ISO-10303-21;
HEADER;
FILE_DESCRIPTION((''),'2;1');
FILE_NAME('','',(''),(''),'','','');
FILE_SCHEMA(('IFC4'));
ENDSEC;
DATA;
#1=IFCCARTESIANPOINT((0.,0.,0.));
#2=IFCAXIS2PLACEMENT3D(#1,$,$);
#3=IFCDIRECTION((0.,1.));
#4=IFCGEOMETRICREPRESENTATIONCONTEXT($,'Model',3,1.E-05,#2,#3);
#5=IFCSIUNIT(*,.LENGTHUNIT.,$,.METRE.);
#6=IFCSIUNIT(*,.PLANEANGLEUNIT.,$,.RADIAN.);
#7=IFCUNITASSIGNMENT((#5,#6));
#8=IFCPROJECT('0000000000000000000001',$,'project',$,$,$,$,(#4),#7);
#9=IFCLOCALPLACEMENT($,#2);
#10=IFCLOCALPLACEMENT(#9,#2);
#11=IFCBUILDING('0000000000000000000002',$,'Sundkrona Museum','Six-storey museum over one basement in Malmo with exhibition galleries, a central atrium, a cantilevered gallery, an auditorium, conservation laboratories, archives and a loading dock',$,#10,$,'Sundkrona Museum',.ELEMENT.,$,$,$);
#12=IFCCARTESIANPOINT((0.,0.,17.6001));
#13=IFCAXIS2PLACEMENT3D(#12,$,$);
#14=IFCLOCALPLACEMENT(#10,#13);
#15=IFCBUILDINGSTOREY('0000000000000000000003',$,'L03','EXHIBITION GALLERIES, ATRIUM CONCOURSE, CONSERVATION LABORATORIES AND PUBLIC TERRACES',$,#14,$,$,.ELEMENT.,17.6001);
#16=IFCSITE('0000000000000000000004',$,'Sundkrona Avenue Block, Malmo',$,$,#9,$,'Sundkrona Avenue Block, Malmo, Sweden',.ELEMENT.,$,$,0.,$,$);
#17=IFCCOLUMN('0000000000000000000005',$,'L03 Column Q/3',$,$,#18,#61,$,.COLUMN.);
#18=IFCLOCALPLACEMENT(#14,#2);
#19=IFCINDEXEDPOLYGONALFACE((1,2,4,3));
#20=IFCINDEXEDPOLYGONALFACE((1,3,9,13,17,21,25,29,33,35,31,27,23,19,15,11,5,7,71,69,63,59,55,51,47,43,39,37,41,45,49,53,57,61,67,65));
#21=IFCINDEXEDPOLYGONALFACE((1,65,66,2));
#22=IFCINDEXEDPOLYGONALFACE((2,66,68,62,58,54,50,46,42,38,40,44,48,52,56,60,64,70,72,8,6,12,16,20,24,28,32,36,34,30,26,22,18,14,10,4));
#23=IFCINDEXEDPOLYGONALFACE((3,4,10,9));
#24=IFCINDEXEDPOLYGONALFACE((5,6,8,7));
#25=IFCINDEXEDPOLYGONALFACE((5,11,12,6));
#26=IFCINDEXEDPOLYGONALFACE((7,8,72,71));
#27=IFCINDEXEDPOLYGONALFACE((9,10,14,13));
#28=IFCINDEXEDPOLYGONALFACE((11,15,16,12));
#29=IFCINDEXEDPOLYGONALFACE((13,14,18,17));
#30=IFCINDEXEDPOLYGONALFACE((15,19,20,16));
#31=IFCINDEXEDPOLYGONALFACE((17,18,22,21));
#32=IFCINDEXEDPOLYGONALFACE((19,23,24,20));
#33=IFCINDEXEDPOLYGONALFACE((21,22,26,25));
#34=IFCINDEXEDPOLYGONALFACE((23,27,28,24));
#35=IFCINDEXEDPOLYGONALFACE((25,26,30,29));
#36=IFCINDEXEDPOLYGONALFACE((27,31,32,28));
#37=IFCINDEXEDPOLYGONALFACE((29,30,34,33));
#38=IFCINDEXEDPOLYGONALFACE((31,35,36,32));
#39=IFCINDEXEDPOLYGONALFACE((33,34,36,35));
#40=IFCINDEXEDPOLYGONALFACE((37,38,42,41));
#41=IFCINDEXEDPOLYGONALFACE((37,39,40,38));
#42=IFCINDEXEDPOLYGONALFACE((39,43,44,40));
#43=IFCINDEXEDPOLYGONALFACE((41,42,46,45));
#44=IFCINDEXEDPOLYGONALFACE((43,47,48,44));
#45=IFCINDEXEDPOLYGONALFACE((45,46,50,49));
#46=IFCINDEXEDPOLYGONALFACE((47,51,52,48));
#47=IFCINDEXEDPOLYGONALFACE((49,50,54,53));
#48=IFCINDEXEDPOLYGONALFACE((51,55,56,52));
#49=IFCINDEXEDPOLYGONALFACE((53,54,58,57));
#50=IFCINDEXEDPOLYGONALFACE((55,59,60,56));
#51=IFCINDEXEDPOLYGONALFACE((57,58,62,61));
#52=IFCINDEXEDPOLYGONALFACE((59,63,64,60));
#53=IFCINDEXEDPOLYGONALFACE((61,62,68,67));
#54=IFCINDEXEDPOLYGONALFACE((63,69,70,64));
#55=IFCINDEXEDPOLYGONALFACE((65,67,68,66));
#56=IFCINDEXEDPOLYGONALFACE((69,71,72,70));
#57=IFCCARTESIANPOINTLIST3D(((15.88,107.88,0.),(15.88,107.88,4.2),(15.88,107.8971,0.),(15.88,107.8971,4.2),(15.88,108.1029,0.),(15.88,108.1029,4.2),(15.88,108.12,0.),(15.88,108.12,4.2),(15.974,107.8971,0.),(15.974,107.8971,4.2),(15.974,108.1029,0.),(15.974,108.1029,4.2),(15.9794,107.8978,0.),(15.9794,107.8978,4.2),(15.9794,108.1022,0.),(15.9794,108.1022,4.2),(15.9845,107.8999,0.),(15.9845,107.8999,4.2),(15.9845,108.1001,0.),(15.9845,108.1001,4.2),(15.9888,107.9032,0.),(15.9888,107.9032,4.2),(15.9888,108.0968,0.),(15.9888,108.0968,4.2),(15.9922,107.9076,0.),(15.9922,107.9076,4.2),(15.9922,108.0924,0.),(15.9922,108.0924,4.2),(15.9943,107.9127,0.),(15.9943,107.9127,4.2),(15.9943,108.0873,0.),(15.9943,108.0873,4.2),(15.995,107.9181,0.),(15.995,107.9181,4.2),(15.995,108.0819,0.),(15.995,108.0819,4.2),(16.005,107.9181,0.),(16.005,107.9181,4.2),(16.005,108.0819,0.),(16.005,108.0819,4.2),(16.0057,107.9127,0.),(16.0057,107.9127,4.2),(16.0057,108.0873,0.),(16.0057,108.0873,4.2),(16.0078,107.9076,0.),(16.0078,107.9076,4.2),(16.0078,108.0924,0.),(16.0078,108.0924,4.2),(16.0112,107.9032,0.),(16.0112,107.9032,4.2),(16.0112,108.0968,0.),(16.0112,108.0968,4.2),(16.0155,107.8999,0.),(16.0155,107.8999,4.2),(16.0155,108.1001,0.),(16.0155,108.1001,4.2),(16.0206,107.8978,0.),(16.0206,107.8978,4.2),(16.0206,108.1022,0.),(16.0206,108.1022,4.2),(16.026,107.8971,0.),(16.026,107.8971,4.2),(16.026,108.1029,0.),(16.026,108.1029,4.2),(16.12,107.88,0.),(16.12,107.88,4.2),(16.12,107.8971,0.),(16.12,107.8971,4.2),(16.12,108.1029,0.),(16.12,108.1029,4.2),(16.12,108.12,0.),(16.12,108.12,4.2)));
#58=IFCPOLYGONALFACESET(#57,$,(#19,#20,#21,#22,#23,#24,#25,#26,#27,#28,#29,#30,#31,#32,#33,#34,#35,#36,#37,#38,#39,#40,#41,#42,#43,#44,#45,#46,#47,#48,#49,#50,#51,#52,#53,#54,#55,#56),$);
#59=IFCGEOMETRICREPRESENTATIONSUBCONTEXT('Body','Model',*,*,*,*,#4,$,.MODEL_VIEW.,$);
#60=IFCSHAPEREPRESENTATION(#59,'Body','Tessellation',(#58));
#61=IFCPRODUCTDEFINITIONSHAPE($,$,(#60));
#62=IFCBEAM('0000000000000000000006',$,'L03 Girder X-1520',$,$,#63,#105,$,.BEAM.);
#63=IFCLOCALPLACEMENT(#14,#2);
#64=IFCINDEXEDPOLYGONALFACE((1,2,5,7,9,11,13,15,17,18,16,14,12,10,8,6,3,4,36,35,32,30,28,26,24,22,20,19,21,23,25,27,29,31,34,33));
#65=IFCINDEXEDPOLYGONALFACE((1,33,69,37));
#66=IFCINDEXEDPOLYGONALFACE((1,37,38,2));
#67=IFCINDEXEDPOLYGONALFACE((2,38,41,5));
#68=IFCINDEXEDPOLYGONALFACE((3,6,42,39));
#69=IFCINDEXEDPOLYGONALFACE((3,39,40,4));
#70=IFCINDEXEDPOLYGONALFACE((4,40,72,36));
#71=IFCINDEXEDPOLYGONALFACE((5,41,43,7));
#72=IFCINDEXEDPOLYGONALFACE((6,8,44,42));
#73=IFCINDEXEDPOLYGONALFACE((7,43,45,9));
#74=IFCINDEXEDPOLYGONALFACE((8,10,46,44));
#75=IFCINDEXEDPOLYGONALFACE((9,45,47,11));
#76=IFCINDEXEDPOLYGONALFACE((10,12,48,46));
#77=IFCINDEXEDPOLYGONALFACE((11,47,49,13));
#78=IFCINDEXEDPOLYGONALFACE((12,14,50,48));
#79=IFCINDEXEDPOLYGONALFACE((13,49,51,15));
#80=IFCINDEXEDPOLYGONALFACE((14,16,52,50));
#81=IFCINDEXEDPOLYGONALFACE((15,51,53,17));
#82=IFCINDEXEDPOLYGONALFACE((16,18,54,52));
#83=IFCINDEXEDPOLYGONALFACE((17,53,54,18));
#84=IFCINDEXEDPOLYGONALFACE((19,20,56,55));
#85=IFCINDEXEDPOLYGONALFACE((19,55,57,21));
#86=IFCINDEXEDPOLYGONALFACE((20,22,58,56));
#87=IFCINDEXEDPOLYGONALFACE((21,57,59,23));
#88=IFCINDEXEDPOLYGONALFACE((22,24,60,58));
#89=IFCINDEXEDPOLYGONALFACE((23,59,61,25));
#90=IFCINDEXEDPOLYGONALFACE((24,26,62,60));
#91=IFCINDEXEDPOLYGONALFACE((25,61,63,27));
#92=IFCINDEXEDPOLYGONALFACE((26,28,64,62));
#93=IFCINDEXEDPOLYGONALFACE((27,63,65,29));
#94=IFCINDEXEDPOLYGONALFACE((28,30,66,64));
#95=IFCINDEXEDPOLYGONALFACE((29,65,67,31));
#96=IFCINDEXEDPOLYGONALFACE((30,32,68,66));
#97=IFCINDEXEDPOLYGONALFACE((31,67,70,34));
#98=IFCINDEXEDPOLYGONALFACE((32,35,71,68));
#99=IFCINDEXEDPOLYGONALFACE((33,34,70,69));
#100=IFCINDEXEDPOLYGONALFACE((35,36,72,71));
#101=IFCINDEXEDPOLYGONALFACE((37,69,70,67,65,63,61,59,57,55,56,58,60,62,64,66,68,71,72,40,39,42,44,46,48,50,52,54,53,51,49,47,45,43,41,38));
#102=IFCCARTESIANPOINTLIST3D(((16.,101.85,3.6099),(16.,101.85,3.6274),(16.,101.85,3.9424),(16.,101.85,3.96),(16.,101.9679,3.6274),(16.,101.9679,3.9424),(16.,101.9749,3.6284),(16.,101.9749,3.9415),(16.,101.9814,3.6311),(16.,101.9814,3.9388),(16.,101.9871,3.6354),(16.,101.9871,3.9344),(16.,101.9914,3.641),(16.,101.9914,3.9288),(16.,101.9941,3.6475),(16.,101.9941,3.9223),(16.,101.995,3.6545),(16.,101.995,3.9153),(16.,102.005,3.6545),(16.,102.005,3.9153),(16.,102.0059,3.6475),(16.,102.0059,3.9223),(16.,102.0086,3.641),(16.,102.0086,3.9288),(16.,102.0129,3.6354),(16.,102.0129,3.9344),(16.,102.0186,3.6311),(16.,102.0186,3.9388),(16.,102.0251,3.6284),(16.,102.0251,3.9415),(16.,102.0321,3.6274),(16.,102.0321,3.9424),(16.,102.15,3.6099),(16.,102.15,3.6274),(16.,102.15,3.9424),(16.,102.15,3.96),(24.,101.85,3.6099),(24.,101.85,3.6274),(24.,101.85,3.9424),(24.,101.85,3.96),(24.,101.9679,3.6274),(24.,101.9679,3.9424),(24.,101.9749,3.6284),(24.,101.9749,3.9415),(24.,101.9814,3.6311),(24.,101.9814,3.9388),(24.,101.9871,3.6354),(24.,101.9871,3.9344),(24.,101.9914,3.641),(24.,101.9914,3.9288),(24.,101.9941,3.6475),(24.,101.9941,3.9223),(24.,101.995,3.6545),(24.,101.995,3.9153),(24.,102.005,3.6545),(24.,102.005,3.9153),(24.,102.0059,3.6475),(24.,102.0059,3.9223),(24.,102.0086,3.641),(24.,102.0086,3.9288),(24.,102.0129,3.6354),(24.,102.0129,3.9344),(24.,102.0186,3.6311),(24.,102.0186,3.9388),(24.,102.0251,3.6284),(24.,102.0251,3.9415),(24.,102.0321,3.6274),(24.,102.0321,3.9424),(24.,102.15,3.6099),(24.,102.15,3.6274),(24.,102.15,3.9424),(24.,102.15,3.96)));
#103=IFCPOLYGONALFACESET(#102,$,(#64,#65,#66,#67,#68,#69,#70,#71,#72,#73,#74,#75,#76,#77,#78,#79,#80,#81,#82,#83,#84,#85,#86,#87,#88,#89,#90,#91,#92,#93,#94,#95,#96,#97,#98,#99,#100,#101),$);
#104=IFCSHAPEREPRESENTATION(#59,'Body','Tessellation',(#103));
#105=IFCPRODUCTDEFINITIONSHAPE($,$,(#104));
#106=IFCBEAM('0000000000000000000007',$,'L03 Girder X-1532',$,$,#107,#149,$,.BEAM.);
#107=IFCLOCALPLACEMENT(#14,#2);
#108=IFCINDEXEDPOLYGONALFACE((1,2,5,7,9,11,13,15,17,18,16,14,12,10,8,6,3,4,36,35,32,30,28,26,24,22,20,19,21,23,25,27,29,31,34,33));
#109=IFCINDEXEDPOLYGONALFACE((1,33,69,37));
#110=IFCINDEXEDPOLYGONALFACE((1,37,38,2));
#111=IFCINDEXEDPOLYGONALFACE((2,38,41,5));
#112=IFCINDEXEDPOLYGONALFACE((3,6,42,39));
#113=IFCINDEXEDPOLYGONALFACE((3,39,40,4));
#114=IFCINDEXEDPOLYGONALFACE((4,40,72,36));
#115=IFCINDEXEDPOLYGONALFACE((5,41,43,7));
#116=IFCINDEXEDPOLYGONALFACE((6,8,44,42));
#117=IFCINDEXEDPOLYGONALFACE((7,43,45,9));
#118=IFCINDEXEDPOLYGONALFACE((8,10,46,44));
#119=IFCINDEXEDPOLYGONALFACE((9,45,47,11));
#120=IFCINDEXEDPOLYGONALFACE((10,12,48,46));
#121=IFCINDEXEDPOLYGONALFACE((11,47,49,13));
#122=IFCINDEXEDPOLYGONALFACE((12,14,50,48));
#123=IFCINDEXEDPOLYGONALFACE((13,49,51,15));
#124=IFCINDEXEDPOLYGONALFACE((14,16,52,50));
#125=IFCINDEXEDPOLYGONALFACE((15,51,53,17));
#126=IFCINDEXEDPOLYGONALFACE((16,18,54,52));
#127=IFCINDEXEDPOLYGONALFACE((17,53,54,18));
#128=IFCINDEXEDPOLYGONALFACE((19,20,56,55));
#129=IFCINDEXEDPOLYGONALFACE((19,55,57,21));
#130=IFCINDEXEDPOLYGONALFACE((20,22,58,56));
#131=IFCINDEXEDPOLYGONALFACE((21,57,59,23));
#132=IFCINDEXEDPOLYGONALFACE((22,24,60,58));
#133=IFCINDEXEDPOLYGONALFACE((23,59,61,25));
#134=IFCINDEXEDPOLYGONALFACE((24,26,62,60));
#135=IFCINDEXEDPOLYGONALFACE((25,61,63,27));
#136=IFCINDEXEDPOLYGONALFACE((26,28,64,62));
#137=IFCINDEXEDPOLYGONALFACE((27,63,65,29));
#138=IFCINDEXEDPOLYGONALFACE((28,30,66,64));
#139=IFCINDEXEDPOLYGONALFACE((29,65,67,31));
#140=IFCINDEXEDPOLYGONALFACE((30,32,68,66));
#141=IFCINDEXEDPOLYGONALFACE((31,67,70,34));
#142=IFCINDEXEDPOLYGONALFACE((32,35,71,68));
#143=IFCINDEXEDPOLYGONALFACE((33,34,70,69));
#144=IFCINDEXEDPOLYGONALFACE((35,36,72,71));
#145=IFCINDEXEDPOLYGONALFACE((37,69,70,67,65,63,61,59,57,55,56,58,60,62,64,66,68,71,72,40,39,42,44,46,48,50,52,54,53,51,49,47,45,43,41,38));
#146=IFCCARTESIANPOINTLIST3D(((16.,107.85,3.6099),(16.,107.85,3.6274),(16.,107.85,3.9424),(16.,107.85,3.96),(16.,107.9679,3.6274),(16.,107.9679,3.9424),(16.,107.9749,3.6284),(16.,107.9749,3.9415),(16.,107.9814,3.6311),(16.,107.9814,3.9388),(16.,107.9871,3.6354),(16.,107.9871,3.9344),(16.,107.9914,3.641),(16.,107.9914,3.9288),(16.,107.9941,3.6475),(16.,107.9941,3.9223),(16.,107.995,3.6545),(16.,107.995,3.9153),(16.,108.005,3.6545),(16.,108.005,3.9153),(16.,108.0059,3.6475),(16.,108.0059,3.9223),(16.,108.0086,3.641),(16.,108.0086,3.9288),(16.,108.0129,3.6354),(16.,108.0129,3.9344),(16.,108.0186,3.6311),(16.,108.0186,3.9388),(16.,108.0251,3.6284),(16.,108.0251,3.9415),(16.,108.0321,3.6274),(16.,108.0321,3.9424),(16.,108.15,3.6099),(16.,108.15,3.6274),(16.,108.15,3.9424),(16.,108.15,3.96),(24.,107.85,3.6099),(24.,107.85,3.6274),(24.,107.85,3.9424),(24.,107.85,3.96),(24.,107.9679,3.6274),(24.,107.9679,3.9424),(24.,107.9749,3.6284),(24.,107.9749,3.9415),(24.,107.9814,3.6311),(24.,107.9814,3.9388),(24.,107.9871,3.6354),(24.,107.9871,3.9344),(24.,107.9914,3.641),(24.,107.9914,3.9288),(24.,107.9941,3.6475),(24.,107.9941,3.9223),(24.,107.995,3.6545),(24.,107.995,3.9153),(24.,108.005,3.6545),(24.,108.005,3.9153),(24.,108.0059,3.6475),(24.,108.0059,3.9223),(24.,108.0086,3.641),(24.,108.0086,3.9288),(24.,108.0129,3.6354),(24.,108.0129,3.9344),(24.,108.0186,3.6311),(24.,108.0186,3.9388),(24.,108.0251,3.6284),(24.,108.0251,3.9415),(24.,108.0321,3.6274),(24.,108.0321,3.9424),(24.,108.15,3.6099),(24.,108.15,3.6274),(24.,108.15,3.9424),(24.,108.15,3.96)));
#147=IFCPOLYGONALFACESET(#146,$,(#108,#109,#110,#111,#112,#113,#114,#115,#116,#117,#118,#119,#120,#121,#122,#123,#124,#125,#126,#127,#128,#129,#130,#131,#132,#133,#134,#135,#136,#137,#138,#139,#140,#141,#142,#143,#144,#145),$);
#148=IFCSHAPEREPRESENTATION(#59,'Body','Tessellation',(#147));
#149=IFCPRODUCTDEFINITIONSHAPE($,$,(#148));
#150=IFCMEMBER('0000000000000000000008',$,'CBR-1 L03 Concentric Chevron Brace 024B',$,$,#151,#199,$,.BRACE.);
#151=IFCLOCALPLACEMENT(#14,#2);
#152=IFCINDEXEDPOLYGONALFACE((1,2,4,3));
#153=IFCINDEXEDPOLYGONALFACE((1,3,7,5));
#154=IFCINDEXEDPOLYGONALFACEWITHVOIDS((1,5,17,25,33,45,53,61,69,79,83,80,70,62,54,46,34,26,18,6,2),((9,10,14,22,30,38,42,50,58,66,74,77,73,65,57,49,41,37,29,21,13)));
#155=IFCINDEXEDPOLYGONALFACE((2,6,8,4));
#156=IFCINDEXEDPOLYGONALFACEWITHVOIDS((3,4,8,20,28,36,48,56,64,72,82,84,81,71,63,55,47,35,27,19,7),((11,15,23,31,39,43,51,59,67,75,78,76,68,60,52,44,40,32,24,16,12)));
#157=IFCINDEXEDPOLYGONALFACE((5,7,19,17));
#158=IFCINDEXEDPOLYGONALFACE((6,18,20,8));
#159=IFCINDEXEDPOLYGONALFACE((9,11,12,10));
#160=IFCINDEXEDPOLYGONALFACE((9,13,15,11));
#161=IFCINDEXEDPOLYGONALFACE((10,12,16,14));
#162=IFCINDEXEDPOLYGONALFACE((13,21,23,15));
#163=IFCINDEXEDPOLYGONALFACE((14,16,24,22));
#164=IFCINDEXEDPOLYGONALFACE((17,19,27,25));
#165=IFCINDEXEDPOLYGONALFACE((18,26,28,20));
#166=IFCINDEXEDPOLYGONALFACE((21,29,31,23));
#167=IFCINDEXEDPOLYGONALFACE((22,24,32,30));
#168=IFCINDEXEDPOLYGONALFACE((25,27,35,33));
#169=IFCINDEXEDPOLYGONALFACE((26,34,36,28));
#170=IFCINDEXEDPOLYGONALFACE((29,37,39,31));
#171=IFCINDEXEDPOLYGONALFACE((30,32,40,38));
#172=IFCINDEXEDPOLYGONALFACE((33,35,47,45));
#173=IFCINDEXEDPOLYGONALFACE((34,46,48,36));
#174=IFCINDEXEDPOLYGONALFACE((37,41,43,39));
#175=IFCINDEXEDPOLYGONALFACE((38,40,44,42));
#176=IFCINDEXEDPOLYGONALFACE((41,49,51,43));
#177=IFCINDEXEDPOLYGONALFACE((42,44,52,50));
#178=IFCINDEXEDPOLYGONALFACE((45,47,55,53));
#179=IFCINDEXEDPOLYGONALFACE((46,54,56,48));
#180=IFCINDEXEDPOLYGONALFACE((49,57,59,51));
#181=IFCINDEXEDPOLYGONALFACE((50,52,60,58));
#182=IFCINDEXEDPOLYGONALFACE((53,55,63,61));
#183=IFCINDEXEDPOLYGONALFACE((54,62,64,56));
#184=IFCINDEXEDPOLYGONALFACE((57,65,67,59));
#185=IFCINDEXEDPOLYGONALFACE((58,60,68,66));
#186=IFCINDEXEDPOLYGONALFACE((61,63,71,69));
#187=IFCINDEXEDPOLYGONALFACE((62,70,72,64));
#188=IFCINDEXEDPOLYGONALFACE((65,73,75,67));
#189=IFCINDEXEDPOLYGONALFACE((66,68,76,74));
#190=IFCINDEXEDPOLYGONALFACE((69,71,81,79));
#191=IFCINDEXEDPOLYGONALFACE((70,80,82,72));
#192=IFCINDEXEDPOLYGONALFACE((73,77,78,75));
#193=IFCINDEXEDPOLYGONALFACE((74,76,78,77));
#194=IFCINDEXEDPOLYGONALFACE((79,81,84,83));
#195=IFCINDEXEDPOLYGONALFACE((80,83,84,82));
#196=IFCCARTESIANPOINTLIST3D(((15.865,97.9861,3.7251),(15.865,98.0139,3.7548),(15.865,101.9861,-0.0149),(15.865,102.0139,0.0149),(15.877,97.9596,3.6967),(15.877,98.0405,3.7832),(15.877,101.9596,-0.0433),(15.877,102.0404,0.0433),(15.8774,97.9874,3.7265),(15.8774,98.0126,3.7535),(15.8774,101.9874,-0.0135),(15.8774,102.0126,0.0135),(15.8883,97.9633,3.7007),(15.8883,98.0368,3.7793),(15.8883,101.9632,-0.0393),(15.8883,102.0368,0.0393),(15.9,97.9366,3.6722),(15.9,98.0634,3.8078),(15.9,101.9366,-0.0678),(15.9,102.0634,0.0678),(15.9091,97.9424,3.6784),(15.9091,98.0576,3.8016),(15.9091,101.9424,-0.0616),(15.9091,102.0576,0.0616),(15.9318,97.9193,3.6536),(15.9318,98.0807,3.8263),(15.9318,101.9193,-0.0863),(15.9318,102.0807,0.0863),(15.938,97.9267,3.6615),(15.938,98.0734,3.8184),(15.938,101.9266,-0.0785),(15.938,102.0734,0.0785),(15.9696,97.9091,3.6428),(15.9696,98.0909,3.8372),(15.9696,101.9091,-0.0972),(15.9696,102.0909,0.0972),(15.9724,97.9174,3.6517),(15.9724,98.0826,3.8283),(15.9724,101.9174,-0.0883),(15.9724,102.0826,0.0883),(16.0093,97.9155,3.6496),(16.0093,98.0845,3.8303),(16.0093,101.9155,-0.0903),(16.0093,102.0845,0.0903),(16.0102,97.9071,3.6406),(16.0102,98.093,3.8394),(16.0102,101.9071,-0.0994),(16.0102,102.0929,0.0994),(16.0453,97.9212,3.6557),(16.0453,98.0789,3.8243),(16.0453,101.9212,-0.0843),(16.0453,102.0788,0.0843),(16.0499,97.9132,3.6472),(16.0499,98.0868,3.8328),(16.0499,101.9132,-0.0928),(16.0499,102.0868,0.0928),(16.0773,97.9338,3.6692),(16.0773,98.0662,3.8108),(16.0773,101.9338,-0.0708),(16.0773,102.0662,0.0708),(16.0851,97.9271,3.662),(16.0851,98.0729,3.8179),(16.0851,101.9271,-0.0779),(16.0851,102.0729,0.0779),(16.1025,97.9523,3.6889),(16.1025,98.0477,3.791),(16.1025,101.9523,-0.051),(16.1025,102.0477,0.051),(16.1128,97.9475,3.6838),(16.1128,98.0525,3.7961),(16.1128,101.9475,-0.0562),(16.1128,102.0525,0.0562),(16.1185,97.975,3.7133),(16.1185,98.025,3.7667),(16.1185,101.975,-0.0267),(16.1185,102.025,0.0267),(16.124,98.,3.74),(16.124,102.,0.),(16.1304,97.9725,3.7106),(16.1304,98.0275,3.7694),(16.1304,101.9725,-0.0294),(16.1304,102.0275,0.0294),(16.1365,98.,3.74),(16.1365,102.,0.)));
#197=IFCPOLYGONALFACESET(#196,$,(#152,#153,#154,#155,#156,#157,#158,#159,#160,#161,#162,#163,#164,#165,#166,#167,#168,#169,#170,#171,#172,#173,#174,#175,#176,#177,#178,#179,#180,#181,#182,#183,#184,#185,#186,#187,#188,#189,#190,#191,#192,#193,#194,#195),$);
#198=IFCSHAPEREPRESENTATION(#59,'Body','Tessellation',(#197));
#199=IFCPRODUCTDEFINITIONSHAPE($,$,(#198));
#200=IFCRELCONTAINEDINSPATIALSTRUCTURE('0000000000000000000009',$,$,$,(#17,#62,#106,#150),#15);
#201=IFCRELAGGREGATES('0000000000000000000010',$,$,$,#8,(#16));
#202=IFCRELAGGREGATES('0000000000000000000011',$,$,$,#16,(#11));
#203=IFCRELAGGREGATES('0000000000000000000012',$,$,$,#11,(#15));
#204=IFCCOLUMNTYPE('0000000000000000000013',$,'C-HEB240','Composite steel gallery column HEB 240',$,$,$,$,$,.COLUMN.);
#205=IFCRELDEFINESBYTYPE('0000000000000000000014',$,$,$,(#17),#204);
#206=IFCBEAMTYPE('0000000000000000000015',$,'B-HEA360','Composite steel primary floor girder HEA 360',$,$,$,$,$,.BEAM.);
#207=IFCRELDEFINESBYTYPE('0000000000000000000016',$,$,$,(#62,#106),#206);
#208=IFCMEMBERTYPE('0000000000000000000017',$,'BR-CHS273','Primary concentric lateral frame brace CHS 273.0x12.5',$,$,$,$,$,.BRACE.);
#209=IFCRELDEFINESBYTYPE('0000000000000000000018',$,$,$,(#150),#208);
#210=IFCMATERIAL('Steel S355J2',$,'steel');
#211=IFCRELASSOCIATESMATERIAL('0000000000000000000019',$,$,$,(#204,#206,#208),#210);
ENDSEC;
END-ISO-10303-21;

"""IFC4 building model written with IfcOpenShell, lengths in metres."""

from ifc_helpers import new_model, si_unit, direction, frame, origin, origin_2d, place, context, subcontext, project, spatial, hollow_circle, i_section, extrude, material, material_profile, profile_set, type_object, element, save


model = new_model("IFC4")

# Units and contexts
model_context = context("Model", 3, precision=1e-05, world=origin(), true_north=direction((0.0, 1.0)))
body_context = subcontext(model_context, "Body", "Model", "MODEL_VIEW")
ifc_project = project(units=[si_unit("LENGTHUNIT", "METRE"), si_unit("PLANEANGLEUNIT", "RADIAN")], contexts=[model_context])

# Site, building, storey
site_placement = place(None, origin())
site = spatial("IfcSite", under=ifc_project, at=site_placement, Name="Sundkrona Avenue Block, Malmo", LongName="Sundkrona Avenue Block, Malmo, Sweden", CompositionType="ELEMENT", RefElevation=0.0)
building_placement = place(site_placement, origin())
building = spatial("IfcBuilding", under=site, at=building_placement, Name="Sundkrona Museum", Description="Six-storey museum over one basement in Malmo with exhibition galleries, a central atrium, a cantilevered gallery, an auditorium, conservation laboratories, archives and a loading dock", LongName="Sundkrona Museum", CompositionType="ELEMENT")
storey_placement = place(building_placement, frame((0.0, 0.0, 17.6001)))
storey = spatial("IfcBuildingStorey", under=building, at=storey_placement, Name="L03", Description="EXHIBITION GALLERIES, ATRIUM CONCOURSE, CONSERVATION LABORATORIES AND PUBLIC TERRACES", CompositionType="ELEMENT", Elevation=17.6001)

# Column
ifc_material_1 = material(Name="Steel S355J2", Category="steel")
ifc_material_profile_1 = material_profile(ifc_material_1, i_section(OverallWidth=0.24, OverallDepth=0.24, WebThickness=0.01, FlangeThickness=0.0171, FilletRadius=0.021, at=origin_2d()), Name="HEB 240")
ifc_profile_set_1 = profile_set([ifc_material_profile_1], Name="Steel S355J2")
column_type = type_object("IfcColumnType", Name="C-HEB240", Description="Composite steel gallery column HEB 240", PredefinedType="COLUMN", material=ifc_profile_set_1)
column_placement = place(storey_placement, frame((16.0, 108.0, 0.0), z_axis=(0.0, 0.0, 1.0), x_axis=(1.0, 0.0, 0.0)))
element("IfcColumn", 1, at=column_placement, inside=storey, type_object=column_type, Name="L03 Column Q/3", PredefinedType="COLUMN", context=body_context, shape_type="SweptSolid", body=[
    extrude(i_section(OverallWidth=0.24, OverallDepth=0.24, WebThickness=0.01, FlangeThickness=0.0171, FilletRadius=0.021, at=origin_2d()), origin(), (0.0, 0.0, 1.0), 4.2),
])

# Beams
ifc_material_profile_2 = material_profile(ifc_material_1, i_section(OverallWidth=0.3, OverallDepth=0.3501, WebThickness=0.01, FlangeThickness=0.0176, FilletRadius=0.0271, at=origin_2d()), Name="HEA 360")
ifc_profile_set_2 = profile_set([ifc_material_profile_2], Name="Steel S355J2")
beam_type_1 = type_object("IfcBeamType", Name="B-HEA360", Description="Composite steel primary floor girder HEA 360", PredefinedType="BEAM", material=ifc_profile_set_2)
for number, where, z_axis, x_axis, name in (
    (2, (16.0, 102.0, 3.7849), (1.0, 0.0, 0.0), (0.0, 1.0, 0.0), "L03 Girder X-1520"),
    (3, (16.0, 108.0, 3.7849), (1.0, 0.0, 0.0), (0.0, 1.0, 0.0), "L03 Girder X-1532"),
):
    element("IfcBeam", number, at=place(storey_placement, frame(where, z_axis=z_axis, x_axis=x_axis)), inside=storey, type_object=beam_type_1, Name=name, PredefinedType="BEAM", context=body_context, shape_type="SweptSolid", body=[
        extrude(i_section(OverallWidth=0.3, OverallDepth=0.3501, WebThickness=0.01, FlangeThickness=0.0176, FilletRadius=0.0271, at=origin_2d()), origin(), (0.0, 0.0, 1.0), 8.0),
    ])

# Member
ifc_material_profile_3 = material_profile(ifc_material_1, hollow_circle(Radius=0.1365, WallThickness=0.0125, at=origin_2d()), Name="CHS 273.0x12.5")
ifc_profile_set_3 = profile_set([ifc_material_profile_3], Name="Steel S355J2")
member_type = type_object("IfcMemberType", Name="BR-CHS273", Description="Primary concentric lateral frame brace CHS 273.0x12.5", PredefinedType="BRACE", material=ifc_profile_set_3)
member_placement = place(storey_placement, frame((16.0, 102.0, 0.0), z_axis=(0.0, -0.730449, 0.682968), x_axis=(1.0, 0.0, 0.0)))
element("IfcMember", 4, at=member_placement, inside=storey, type_object=member_type, Name="CBR-1 L03 Concentric Chevron Brace 024B", PredefinedType="BRACE", context=body_context, shape_type="SweptSolid", body=[
    extrude(hollow_circle(Radius=0.1365, WallThickness=0.0125, at=origin_2d()), origin(), (0.0, 0.0, 1.0), 5.4761),
])

save(model, "model.ifc")
